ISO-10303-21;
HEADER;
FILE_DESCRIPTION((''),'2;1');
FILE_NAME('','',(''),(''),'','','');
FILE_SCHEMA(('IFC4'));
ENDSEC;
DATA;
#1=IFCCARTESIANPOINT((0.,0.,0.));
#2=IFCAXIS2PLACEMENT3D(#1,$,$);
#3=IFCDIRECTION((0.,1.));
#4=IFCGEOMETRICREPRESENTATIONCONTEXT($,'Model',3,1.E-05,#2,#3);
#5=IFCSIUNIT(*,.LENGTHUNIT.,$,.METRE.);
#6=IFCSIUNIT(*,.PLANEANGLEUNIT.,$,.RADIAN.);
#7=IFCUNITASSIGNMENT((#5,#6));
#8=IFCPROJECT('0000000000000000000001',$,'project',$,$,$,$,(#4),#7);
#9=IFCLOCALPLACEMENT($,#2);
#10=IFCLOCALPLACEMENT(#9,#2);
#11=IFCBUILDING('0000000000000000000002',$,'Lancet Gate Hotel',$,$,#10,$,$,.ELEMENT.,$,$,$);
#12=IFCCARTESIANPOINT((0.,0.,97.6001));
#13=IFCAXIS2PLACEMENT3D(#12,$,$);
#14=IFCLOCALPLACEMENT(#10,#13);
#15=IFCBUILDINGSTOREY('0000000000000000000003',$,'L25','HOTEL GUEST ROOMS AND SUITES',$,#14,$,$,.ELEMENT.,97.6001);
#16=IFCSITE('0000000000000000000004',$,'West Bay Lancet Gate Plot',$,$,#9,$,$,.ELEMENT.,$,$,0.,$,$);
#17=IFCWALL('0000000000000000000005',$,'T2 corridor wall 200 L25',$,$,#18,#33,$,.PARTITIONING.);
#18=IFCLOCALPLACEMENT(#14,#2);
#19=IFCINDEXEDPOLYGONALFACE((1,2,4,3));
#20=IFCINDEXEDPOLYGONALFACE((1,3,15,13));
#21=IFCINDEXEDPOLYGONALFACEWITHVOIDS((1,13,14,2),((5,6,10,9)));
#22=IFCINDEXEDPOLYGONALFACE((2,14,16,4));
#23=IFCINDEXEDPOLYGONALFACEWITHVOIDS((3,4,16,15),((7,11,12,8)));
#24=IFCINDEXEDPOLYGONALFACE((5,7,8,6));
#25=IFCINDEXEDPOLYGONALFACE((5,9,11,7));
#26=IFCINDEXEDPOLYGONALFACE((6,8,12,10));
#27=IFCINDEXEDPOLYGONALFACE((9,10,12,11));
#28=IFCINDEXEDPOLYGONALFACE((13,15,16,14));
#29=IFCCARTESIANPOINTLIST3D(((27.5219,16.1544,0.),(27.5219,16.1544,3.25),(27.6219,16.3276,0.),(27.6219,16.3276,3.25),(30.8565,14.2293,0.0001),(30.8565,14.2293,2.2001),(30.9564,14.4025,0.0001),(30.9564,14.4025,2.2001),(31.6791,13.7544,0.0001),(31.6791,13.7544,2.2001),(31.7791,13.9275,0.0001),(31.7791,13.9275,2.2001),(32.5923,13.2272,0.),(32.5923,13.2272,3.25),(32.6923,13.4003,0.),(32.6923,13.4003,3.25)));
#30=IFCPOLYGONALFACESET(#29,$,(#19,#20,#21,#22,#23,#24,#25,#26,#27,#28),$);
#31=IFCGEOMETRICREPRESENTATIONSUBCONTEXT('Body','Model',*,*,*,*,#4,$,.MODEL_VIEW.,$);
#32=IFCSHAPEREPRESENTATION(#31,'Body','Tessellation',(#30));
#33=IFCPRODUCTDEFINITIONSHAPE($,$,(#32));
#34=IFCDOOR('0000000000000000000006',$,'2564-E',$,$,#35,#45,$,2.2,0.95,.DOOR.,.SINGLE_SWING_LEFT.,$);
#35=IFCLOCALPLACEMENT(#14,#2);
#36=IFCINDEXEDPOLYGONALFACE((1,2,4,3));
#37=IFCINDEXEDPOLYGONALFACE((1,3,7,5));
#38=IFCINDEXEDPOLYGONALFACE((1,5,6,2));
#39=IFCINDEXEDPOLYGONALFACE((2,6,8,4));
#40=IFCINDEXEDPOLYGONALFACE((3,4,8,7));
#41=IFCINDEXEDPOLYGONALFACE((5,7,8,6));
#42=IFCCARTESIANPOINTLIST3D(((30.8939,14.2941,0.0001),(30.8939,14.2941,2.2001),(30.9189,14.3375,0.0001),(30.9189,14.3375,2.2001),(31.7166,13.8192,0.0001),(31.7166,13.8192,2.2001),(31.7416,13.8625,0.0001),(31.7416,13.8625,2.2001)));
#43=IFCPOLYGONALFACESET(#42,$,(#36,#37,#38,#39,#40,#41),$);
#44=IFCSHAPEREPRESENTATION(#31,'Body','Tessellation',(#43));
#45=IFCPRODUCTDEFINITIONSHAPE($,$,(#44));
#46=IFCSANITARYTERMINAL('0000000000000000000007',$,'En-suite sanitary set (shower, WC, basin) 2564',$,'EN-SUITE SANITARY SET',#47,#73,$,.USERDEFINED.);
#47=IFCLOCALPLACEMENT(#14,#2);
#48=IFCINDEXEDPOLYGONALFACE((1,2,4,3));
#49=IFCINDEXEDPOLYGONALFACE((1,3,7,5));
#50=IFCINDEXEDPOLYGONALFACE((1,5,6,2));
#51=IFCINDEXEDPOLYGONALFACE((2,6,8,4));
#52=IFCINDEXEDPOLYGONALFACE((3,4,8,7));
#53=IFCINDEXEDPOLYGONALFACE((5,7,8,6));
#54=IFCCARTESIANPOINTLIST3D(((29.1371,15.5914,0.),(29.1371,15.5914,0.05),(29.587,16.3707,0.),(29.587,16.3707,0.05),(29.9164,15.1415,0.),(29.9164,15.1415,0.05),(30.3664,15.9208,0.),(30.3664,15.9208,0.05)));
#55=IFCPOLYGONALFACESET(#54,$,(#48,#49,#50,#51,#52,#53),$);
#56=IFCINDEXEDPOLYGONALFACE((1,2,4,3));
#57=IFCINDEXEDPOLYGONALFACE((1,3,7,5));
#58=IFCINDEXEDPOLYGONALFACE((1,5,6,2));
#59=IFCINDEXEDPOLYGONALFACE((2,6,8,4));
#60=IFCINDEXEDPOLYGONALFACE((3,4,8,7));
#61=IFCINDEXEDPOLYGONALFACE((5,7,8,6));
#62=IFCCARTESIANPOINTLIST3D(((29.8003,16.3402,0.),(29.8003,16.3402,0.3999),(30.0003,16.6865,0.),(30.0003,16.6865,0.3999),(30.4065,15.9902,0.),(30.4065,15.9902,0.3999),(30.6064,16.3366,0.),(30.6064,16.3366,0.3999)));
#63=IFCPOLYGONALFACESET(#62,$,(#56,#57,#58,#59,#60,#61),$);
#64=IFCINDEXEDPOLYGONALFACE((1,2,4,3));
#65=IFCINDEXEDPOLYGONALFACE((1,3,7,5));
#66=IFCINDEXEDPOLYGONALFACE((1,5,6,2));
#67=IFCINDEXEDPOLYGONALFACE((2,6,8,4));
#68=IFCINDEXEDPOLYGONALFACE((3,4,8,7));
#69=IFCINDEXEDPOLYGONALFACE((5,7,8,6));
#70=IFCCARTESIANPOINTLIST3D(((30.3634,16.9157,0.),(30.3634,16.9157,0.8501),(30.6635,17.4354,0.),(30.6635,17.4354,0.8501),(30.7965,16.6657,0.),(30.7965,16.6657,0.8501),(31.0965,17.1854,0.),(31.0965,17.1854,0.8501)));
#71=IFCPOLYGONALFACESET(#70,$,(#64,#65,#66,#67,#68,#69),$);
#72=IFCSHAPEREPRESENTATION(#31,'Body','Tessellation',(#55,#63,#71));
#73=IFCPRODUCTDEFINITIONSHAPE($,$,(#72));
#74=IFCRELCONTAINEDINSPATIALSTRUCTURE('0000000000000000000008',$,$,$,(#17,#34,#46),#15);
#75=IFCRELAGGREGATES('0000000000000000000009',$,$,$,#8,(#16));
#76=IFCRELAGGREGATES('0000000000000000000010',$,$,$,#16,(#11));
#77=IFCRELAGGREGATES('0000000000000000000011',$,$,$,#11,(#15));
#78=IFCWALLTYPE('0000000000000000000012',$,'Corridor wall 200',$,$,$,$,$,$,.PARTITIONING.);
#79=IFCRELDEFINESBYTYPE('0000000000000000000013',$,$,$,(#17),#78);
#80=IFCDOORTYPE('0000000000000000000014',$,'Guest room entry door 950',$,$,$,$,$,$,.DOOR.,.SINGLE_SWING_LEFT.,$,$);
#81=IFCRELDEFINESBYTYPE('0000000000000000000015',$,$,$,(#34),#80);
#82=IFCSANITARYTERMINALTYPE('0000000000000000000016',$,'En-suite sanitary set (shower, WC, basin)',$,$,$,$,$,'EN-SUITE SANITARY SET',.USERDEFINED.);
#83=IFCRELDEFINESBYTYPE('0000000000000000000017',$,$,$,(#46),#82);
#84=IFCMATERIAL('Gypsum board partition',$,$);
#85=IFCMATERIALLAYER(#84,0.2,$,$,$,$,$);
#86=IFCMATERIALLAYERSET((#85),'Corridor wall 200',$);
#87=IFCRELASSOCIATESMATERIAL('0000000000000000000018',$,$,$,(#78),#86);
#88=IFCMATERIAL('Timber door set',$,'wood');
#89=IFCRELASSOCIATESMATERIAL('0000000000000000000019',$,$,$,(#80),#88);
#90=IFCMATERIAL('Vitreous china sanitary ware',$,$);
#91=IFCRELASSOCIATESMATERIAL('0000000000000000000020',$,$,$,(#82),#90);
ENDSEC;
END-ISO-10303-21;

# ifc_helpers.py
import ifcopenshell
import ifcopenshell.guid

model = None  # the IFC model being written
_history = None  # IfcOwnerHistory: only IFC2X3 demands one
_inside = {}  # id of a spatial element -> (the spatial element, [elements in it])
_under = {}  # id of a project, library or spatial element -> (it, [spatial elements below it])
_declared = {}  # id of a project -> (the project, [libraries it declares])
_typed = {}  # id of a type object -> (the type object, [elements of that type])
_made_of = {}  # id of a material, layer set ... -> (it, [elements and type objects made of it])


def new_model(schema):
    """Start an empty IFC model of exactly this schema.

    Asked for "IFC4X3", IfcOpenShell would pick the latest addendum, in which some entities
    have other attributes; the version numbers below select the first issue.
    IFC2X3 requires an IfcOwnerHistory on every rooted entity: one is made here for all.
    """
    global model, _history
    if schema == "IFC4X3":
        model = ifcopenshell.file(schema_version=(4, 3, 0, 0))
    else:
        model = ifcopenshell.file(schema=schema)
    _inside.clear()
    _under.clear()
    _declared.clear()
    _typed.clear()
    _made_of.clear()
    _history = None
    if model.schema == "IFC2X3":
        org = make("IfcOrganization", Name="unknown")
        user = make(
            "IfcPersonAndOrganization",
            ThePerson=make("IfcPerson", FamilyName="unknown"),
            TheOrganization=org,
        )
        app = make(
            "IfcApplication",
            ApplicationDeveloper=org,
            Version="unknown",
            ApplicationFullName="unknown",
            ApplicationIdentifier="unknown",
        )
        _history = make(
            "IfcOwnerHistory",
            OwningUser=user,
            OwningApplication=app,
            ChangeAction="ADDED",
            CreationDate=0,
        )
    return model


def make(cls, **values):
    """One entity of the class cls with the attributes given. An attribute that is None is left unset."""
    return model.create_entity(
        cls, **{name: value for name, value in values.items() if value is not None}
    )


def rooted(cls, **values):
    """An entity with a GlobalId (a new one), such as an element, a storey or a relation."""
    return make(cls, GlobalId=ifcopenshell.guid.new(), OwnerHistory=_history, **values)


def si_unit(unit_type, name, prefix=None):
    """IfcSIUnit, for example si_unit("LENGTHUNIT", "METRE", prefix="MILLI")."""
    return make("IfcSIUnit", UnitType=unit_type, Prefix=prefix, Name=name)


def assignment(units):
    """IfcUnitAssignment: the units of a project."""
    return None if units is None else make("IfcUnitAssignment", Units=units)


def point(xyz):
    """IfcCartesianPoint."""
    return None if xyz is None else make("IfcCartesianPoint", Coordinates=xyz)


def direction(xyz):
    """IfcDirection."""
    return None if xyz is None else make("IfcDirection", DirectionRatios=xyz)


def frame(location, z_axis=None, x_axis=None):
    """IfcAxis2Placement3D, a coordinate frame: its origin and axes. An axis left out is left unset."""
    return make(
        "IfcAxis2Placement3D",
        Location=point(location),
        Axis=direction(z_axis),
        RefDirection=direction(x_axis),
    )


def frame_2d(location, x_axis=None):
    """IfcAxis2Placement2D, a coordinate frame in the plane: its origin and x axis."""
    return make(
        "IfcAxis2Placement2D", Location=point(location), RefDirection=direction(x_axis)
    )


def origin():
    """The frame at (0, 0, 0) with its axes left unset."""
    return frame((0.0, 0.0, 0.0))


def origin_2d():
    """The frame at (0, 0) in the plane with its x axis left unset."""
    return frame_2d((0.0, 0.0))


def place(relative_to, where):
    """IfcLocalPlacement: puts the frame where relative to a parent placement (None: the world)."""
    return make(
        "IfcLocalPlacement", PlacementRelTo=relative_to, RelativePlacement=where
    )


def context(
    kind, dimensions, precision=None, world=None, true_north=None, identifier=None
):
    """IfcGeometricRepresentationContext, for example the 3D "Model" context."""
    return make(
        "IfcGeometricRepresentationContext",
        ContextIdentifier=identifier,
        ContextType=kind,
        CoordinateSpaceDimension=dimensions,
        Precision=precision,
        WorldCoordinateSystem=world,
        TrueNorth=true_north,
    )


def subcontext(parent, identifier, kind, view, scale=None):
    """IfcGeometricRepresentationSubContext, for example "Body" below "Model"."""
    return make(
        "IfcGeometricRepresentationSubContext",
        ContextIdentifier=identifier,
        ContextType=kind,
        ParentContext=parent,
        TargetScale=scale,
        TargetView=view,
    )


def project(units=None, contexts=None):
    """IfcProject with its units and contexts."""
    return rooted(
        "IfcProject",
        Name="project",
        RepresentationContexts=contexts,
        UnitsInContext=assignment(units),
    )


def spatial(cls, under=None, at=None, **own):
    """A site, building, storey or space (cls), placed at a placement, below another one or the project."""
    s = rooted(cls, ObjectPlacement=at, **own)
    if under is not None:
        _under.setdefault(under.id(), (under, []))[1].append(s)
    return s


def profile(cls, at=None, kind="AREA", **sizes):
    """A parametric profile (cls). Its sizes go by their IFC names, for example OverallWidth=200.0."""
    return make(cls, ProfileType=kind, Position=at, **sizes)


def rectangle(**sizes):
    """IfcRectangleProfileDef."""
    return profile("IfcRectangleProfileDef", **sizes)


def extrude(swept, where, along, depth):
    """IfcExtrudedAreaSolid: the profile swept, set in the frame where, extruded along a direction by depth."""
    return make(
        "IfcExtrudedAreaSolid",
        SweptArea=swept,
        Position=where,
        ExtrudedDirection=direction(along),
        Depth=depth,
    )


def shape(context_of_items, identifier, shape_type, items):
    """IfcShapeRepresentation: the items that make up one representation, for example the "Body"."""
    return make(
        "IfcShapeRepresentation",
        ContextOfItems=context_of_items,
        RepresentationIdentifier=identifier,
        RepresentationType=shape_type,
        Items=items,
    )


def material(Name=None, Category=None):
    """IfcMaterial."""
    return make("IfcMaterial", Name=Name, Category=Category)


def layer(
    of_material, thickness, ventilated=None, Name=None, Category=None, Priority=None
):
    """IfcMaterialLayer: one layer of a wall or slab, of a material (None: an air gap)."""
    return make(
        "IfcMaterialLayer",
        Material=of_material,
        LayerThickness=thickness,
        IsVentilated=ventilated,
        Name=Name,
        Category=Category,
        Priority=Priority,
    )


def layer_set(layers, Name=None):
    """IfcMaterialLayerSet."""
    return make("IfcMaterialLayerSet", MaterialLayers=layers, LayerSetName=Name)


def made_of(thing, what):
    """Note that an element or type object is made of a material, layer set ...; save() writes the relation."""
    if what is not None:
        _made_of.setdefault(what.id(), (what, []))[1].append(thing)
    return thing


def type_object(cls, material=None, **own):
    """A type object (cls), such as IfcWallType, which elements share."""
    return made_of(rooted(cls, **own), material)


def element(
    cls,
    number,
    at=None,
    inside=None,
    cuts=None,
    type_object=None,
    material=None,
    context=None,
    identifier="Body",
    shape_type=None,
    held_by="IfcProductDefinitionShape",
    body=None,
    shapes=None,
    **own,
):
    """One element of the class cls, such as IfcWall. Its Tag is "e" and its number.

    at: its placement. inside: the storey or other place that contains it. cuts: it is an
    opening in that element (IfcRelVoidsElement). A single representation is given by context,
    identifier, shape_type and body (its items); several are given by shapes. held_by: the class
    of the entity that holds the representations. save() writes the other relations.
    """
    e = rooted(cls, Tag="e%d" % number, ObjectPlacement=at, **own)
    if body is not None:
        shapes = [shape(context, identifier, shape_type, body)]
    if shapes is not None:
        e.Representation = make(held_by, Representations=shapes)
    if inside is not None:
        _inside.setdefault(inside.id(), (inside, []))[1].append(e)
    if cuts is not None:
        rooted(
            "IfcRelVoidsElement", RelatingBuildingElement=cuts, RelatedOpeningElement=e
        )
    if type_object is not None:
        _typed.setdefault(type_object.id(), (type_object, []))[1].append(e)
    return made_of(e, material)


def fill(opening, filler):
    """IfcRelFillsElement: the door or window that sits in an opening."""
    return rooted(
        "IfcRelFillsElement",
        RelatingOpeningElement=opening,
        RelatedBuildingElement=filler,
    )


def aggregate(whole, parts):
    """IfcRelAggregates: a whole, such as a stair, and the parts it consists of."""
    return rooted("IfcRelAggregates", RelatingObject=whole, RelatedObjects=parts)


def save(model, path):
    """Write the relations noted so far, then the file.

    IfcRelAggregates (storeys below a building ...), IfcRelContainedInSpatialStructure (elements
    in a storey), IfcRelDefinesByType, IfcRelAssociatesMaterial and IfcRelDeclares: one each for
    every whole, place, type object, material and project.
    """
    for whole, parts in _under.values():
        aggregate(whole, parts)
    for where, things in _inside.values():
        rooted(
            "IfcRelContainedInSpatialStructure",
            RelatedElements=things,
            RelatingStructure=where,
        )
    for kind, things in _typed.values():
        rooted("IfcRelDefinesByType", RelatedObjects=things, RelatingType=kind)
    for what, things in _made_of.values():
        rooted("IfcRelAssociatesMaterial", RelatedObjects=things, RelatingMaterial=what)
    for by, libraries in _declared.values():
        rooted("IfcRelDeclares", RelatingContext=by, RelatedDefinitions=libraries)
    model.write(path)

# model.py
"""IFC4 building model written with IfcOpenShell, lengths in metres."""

from ifc_helpers import new_model, si_unit, direction, frame, frame_2d, origin, origin_2d, place, context, subcontext, project, spatial, rectangle, extrude, material, layer, layer_set, type_object, element, fill, save


model = new_model("IFC4")

# Units and contexts
model_context = context("Model", 3, precision=1e-05, world=origin(), true_north=direction((0.0, 1.0)))
body_context = subcontext(model_context, "Body", "Model", "MODEL_VIEW")
ifc_project = project(units=[si_unit("LENGTHUNIT", "METRE"), si_unit("PLANEANGLEUNIT", "RADIAN")], contexts=[model_context])

# Site, building, storey
site_placement = place(None, origin())
site = spatial("IfcSite", under=ifc_project, at=site_placement, Name="West Bay Lancet Gate Plot", CompositionType="ELEMENT", RefElevation=0.0)
building_placement = place(site_placement, origin())
building = spatial("IfcBuilding", under=site, at=building_placement, Name="Lancet Gate Hotel", CompositionType="ELEMENT")
storey_placement = place(building_placement, frame((0.0, 0.0, 97.6001)))
storey = spatial("IfcBuildingStorey", under=building, at=storey_placement, Name="L25", Description="HOTEL GUEST ROOMS AND SUITES", CompositionType="ELEMENT", Elevation=97.6001)

# Wall, opening, door
ifc_material_1 = material(Name="Gypsum board partition")
ifc_layer_1 = layer(ifc_material_1, 0.2)
ifc_layer_set_1 = layer_set([ifc_layer_1], Name="Corridor wall 200")
wall_type_1 = type_object("IfcWallType", Name="Corridor wall 200", PredefinedType="PARTITIONING", material=ifc_layer_set_1)
wall_1_placement = place(storey_placement, frame((27.572, 16.241, 0.0), z_axis=(0.0, 0.0, 1.0), x_axis=(0.866033, -0.499987, 0.0)))
wall_1 = element("IfcWall", 1, at=wall_1_placement, inside=storey, type_object=wall_type_1, Name="T2 corridor wall 200 L25", PredefinedType="PARTITIONING", context=body_context, shape_type="SweptSolid", body=[
    extrude(rectangle(XDim=5.8547, YDim=0.2, at=frame_2d((2.9272, 0.0))), origin(), (0.0, 0.0, 1.0), 3.25),
])
opening_1_placement = place(wall_1_placement, frame((3.8501, 0.0, 0.0)))
opening_1 = element("IfcOpeningElement", 2, at=opening_1_placement, cuts=wall_1, PredefinedType="OPENING", context=body_context, shape_type="SweptSolid", body=[
    extrude(rectangle(XDim=0.95, YDim=2.2, at=frame_2d((0.4751, 1.1001))), frame((0.0, 0.1099, 0.0), z_axis=(0.0, -1.0, 0.0), x_axis=(1.0, 0.0, 0.0)), (0.0, 0.0, 1.0), 0.22),
])
ifc_material_2 = material(Name="Timber door set", Category="wood")
door_type_1 = type_object("IfcDoorType", Name="Guest room entry door 950", OperationType="SINGLE_SWING_LEFT", PredefinedType="DOOR", material=ifc_material_2)
door_1_placement = place(opening_1_placement, origin())
door_1 = element("IfcDoor", 3, at=door_1_placement, inside=storey, type_object=door_type_1, Name="2564-E", OperationType="SINGLE_SWING_LEFT", OverallHeight=2.2, OverallWidth=0.95, PredefinedType="DOOR", context=body_context, shape_type="SweptSolid", body=[
    extrude(rectangle(XDim=0.95, YDim=2.2, at=frame_2d((0.4751, 1.1001))), frame((0.0, 0.0249, 0.0), z_axis=(0.0, -1.0, 0.0), x_axis=(1.0, 0.0, 0.0)), (0.0, 0.0, 1.0), 0.05),
])
fill(opening_1, door_1)

# Sanitary terminal
ifc_material_3 = material(Name="Vitreous china sanitary ware")
sanitary_terminal_type = type_object("IfcSanitaryTerminalType", Name="En-suite sanitary set (shower, WC, basin)", ElementType="EN-SUITE SANITARY SET", PredefinedType="USERDEFINED", material=ifc_material_3)
sanitary_terminal_placement = place(storey_placement, frame((29.7517, 15.7561, 0.0), z_axis=(0.0, 0.0, 1.0), x_axis=(1.0, 0.0, 0.0)))
element("IfcSanitaryTerminal", 4, at=sanitary_terminal_placement, inside=storey, type_object=sanitary_terminal_type, Name="En-suite sanitary set (shower, WC, basin) 2564", ObjectType="EN-SUITE SANITARY SET", PredefinedType="USERDEFINED", context=body_context, shape_type="SweptSolid", body=[
    extrude(rectangle(XDim=0.8999, YDim=0.8999, at=origin_2d()), frame((0.0, 0.0, 0.0), z_axis=(0.0, 0.0, 1.0), x_axis=(-0.5, -0.866025, 0.0)), (0.0, 0.0, 1.0), 0.05),
    extrude(rectangle(XDim=0.3999, YDim=0.7, at=origin_2d()), frame((0.4517, 0.5823, 0.0), z_axis=(0.0, 0.0, 1.0), x_axis=(-0.5, -0.866025, 0.0)), (0.0, 0.0, 1.0), 0.3999),
    extrude(rectangle(XDim=0.6001, YDim=0.5, at=origin_2d()), frame((0.9783, 1.2944, 0.0), z_axis=(0.0, 0.0, 1.0), x_axis=(-0.5, -0.866025, 0.0)), (0.0, 0.0, 1.0), 0.8501),
])

save(model, "model.ifc")
